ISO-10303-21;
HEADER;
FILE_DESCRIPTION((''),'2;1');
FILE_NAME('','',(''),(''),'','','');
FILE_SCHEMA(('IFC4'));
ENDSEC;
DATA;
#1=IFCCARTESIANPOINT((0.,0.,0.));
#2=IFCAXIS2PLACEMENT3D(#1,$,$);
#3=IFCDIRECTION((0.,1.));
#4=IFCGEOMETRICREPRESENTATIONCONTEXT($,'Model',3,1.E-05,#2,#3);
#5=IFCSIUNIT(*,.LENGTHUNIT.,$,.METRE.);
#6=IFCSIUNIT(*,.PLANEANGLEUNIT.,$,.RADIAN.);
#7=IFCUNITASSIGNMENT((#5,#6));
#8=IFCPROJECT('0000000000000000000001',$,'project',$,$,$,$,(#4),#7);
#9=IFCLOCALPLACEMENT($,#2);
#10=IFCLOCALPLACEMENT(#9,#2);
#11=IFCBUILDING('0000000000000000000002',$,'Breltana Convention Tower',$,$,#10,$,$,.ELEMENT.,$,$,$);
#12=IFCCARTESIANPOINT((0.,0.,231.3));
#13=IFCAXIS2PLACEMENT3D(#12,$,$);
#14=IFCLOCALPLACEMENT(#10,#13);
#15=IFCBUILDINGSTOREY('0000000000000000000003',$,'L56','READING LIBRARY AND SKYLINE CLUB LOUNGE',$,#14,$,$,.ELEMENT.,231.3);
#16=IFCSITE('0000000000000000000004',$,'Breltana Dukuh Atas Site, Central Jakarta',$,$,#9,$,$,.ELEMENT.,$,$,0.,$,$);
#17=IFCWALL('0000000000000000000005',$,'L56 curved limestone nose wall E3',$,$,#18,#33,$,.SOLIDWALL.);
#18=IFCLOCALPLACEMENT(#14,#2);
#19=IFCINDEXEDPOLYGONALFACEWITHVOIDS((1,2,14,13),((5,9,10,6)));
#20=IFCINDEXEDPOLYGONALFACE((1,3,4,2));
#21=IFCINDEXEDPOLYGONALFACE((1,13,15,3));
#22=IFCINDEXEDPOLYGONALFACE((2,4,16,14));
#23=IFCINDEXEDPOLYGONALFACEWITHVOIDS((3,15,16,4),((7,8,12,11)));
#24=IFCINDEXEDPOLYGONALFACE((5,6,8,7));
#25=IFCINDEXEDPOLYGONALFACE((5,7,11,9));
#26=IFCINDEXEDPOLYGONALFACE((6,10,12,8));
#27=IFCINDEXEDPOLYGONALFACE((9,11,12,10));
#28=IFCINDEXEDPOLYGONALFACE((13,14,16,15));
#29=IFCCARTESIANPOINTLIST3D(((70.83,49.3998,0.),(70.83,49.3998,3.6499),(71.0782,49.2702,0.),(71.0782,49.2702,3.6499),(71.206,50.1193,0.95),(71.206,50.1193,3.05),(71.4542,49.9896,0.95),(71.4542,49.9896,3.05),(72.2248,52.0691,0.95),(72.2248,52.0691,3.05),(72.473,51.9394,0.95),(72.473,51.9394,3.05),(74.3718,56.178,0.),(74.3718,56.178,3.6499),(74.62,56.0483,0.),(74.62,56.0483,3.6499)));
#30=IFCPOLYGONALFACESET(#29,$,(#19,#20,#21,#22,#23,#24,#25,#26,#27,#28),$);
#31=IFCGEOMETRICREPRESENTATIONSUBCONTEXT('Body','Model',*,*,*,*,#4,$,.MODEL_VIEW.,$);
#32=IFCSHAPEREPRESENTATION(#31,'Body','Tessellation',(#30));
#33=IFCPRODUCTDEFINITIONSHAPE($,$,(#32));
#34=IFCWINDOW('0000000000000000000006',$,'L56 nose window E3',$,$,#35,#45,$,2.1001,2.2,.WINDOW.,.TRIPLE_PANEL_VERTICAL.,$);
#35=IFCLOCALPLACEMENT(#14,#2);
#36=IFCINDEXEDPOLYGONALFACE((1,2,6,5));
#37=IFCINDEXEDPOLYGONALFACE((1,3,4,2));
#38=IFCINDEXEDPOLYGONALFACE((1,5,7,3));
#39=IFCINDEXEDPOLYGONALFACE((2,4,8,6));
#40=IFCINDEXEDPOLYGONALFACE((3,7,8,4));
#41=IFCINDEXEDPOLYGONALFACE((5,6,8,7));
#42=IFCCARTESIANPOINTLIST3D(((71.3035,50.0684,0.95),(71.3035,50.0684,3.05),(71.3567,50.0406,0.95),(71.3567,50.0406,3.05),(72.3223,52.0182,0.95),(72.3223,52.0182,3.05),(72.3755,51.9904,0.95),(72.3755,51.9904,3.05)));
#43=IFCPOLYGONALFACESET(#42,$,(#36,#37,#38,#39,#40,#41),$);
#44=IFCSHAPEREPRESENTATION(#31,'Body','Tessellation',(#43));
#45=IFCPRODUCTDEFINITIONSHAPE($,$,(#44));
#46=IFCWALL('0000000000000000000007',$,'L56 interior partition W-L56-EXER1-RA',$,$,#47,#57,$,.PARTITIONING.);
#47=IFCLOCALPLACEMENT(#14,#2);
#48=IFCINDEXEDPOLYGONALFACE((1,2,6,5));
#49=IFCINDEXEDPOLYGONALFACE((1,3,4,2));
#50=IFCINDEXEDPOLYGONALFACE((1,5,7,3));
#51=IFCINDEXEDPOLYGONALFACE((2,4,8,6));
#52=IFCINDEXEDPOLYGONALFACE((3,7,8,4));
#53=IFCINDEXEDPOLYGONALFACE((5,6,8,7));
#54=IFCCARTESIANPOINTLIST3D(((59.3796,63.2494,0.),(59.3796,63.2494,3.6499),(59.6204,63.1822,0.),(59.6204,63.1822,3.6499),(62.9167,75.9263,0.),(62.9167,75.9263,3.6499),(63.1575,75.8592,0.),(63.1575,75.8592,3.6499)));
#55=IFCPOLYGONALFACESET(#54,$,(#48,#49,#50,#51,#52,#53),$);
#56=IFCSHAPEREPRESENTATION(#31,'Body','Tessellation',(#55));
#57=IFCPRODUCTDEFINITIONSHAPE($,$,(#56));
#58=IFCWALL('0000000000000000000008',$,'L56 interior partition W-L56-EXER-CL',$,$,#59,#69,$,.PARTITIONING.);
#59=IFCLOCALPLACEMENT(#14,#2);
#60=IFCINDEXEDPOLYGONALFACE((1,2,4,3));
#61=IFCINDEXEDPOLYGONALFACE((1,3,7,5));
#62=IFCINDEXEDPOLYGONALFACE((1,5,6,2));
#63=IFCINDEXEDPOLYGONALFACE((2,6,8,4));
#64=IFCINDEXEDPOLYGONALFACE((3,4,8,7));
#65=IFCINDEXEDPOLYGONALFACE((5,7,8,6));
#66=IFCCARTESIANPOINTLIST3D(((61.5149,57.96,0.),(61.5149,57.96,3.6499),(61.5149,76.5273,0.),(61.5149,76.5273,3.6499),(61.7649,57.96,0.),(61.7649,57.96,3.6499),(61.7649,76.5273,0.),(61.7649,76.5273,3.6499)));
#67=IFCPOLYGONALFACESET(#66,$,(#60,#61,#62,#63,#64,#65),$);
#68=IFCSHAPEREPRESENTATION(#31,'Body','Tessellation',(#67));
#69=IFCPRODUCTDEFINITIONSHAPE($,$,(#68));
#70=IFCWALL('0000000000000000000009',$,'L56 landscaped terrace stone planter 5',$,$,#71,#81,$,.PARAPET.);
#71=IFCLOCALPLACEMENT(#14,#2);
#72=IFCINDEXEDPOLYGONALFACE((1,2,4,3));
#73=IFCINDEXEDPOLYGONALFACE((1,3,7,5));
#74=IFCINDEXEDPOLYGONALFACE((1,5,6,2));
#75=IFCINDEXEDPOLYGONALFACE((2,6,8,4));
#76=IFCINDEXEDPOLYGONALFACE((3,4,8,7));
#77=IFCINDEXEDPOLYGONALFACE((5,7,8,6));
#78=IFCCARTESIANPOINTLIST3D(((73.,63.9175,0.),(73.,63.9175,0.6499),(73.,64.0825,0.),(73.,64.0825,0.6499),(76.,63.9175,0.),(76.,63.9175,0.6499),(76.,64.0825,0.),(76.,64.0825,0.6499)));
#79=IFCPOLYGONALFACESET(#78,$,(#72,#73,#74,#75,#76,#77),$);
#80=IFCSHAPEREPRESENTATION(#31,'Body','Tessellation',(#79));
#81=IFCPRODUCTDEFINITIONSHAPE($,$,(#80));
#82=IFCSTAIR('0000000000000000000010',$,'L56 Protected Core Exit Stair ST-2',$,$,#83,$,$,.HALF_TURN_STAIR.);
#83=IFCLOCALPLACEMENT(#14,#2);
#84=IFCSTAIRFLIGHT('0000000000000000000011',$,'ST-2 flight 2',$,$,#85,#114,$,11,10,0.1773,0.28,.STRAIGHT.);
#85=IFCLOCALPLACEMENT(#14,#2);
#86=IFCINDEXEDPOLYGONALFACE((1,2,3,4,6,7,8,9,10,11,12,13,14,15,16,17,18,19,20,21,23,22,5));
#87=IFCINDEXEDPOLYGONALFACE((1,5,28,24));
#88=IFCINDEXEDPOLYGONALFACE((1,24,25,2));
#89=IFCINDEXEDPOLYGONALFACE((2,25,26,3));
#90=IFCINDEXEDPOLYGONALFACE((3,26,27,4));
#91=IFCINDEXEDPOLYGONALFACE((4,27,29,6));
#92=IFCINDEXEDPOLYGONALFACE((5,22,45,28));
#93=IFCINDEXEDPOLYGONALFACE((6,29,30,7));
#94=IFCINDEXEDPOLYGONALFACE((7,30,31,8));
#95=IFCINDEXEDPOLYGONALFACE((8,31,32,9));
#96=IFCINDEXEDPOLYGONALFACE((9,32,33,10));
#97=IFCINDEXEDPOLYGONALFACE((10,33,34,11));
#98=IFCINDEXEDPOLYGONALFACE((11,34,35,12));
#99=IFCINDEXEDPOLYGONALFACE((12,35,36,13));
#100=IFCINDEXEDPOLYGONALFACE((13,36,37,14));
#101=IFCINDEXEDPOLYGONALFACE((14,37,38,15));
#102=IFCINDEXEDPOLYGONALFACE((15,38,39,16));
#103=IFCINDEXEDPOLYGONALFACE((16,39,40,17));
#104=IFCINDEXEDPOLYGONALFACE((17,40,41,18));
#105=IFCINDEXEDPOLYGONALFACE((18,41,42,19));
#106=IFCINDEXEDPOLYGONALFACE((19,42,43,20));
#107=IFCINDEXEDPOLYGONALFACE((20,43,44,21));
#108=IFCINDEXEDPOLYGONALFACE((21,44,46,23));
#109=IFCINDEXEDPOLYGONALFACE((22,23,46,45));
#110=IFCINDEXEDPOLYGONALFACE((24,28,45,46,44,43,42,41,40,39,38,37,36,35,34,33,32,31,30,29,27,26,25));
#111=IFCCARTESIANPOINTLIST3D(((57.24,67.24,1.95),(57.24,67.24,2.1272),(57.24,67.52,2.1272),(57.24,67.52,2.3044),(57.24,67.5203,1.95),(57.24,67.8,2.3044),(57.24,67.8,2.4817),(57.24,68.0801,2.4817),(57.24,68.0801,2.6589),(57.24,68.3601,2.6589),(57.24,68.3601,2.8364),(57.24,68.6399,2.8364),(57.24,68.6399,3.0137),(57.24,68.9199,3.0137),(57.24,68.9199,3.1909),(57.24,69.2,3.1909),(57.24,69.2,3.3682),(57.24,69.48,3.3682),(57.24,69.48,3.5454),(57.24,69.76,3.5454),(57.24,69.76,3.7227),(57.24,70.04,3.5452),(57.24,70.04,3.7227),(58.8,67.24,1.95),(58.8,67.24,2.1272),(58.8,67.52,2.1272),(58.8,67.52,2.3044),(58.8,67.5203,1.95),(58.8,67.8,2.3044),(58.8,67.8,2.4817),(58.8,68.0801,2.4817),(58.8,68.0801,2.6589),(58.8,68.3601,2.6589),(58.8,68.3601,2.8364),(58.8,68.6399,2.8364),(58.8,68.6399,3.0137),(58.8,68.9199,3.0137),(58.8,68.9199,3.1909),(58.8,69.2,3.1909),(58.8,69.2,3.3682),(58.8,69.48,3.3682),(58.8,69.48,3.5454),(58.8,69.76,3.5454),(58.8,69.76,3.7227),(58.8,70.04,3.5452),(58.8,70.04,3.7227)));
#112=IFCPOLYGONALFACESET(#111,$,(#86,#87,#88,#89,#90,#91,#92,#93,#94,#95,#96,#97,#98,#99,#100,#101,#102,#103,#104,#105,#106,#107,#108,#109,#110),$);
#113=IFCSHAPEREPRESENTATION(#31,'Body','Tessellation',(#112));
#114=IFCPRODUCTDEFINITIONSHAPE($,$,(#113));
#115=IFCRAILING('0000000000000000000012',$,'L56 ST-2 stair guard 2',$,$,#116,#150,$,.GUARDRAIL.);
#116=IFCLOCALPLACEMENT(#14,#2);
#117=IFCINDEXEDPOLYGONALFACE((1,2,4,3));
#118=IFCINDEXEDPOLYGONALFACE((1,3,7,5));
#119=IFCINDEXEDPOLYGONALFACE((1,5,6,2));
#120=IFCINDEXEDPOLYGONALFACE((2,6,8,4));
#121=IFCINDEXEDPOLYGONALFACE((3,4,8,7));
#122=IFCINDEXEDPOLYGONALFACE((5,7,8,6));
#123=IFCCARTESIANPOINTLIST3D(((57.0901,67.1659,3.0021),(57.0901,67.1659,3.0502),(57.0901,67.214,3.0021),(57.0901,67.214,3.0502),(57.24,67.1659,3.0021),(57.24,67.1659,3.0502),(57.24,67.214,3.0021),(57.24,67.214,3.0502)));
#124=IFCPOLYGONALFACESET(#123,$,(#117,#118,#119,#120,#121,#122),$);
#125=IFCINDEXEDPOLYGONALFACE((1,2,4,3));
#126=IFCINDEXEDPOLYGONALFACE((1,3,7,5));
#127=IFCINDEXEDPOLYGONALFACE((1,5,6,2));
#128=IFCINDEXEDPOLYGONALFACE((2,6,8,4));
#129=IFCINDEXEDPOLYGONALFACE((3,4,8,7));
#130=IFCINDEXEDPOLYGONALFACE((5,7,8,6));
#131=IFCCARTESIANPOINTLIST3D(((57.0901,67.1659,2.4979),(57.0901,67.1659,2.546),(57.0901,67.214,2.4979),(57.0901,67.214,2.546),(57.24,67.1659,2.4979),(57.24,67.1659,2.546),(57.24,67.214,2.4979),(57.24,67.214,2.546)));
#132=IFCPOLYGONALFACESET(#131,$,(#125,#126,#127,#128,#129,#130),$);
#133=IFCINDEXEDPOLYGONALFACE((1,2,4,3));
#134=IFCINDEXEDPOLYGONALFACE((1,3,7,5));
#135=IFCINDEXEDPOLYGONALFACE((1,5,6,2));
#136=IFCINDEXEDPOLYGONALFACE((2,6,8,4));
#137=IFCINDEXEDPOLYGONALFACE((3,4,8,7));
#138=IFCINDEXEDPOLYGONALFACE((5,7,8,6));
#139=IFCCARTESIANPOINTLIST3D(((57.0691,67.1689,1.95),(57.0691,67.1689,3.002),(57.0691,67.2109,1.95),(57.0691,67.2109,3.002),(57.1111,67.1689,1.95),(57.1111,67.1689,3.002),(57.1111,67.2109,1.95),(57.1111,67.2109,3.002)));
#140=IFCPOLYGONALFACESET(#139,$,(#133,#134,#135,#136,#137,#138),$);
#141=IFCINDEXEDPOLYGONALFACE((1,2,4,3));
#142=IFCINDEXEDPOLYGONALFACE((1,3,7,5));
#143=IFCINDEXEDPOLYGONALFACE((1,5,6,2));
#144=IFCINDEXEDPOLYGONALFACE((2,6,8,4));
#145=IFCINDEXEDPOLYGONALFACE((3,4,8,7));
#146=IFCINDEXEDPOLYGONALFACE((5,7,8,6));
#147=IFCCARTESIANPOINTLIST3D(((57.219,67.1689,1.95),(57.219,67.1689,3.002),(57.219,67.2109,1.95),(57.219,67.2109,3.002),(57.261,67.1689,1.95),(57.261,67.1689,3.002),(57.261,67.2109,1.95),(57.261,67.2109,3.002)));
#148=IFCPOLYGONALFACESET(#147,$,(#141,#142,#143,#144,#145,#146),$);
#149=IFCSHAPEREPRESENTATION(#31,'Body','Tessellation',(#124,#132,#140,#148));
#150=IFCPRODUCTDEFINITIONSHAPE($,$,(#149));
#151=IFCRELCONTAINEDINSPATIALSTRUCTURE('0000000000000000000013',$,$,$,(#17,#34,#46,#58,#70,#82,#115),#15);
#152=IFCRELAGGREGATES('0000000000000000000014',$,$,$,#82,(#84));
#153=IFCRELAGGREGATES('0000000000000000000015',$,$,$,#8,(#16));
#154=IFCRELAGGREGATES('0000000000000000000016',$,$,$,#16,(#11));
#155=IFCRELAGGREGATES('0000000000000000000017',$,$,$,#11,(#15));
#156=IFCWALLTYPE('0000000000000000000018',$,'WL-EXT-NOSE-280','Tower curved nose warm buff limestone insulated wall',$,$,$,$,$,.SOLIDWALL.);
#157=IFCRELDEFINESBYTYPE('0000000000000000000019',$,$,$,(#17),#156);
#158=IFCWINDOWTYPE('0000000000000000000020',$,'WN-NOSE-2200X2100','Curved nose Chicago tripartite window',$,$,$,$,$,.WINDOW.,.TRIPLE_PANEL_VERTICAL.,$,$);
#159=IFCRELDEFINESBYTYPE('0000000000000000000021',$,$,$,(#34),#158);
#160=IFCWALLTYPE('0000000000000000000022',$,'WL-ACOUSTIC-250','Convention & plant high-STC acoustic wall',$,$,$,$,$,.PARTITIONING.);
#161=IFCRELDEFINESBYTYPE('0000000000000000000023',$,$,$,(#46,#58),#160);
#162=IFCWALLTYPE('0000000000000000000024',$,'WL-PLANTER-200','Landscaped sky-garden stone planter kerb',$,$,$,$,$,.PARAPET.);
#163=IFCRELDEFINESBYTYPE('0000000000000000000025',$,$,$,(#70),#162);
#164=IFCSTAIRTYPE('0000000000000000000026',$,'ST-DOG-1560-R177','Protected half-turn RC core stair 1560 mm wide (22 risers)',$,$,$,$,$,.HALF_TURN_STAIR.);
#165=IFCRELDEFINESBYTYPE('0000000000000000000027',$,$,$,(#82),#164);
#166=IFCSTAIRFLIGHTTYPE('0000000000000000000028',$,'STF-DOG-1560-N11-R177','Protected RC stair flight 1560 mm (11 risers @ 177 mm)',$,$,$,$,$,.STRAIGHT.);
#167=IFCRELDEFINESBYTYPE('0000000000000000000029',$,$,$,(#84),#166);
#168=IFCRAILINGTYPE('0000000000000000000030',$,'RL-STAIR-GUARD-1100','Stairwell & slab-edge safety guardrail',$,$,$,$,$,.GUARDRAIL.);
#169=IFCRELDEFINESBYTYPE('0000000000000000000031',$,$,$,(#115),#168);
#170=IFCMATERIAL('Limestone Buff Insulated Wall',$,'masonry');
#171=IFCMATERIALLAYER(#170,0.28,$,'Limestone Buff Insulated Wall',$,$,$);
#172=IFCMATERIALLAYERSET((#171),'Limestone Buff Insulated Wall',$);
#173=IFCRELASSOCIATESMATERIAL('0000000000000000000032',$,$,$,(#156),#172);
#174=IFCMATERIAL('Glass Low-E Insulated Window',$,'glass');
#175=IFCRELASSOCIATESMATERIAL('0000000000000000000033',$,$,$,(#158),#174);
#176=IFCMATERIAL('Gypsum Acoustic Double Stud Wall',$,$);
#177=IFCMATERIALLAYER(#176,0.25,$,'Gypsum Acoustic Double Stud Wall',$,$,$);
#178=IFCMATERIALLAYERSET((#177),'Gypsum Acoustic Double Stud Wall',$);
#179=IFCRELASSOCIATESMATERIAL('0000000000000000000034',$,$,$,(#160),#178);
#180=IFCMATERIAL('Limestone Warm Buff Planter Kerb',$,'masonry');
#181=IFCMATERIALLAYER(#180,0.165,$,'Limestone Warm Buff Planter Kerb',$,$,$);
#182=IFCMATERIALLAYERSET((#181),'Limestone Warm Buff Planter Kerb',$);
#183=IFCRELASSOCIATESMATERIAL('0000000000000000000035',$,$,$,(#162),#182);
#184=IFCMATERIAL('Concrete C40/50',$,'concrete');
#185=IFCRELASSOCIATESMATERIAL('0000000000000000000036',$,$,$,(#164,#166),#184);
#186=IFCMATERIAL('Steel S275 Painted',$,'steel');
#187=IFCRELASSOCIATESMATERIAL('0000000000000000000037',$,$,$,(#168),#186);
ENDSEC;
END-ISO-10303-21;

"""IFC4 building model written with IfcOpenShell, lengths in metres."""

from ifc_helpers import new_model, si_unit, direction, frame, frame_2d, origin, origin_2d, place, context, subcontext, project, spatial, polyline, rectangle, outline, extrude, source, transform, mapped, material, layer, layer_set, type_object, type_shapes, element, fill, aggregate, save


model = new_model("IFC4")

# Units and contexts
model_context = context("Model", 3, precision=1e-05, world=origin(), true_north=direction((0.0, 1.0)))
body_context = subcontext(model_context, "Body", "Model", "MODEL_VIEW")
ifc_project = project(units=[si_unit("LENGTHUNIT", "METRE"), si_unit("PLANEANGLEUNIT", "RADIAN")], contexts=[model_context])

# Site, building, storey
site_placement = place(None, origin())
site = spatial("IfcSite", under=ifc_project, at=site_placement, Name="Breltana Dukuh Atas Site, Central Jakarta", CompositionType="ELEMENT", RefElevation=0.0)
building_placement = place(site_placement, origin())
building = spatial("IfcBuilding", under=site, at=building_placement, Name="Breltana Convention Tower", CompositionType="ELEMENT")
storey_placement = place(building_placement, frame((0.0, 0.0, 231.3)))
storey = spatial("IfcBuildingStorey", under=building, at=storey_placement, Name="L56", Description="READING LIBRARY AND SKYLINE CLUB LOUNGE", CompositionType="ELEMENT", Elevation=231.3)

# Wall, opening, window
ifc_material_1 = material(Name="Limestone Buff Insulated Wall", Category="masonry")
ifc_layer_1 = layer(ifc_material_1, 0.28, Name="Limestone Buff Insulated Wall")
ifc_layer_set_1 = layer_set([ifc_layer_1], Name="Limestone Buff Insulated Wall")
wall_type_1 = type_object("IfcWallType", Name="WL-EXT-NOSE-280", Description="Tower curved nose warm buff limestone insulated wall", PredefinedType="SOLIDWALL", material=ifc_layer_set_1)
ifc_material_2 = material(Name="Glass Low-E Insulated Window", Category="glass")
window_type = type_object("IfcWindowType", Name="WN-NOSE-2200X2100", Description="Curved nose Chicago tripartite window", PartitioningType="TRIPLE_PANEL_VERTICAL", PredefinedType="WINDOW", material=ifc_material_2)
shared_shape_1 = source(origin(), body_context, "Body", "SweptSolid", [
    extrude(rectangle(XDim=2.2, YDim=2.1001, at=frame_2d((1.1001, 1.05))), frame((0.0, 0.03, 0.0), z_axis=(0.0, -1.0, 0.0), x_axis=(1.0, 0.0, 0.0)), (0.0, 0.0, 1.0), 0.0601),
])
type_shapes(window_type, [shared_shape_1])
shared_shape_2 = source(origin(), body_context, "Body", "SweptSolid", [
    extrude(rectangle(XDim=7.6477, YDim=0.28, at=frame_2d((3.8237, 0.0))), origin(), (0.0, 0.0, 1.0), 3.6499),
])
wall_1_placement = place(storey_placement, frame((74.4958, 56.113, 0.0), z_axis=(0.0, 0.0, 1.0), x_axis=(-0.463117, -0.886297, 0.0)))
wall_1 = element("IfcWall", 1, at=wall_1_placement, inside=storey, type_object=wall_type_1, Name="L56 curved limestone nose wall E3", PredefinedType="SOLIDWALL", context=body_context, shape_type="MappedRepresentation", body=[
    mapped(shared_shape_2, transform((0.0, 0.0, 0.0), scale=1.0)),
])
opening_1_placement = place(wall_1_placement, frame((4.6357, 0.0, 0.95)))
opening_1 = element("IfcOpeningElement", 2, at=opening_1_placement, cuts=wall_1, PredefinedType="OPENING", context=body_context, shape_type="SweptSolid", body=[
    extrude(rectangle(XDim=2.2, YDim=2.1001, at=frame_2d((1.1001, 1.05))), frame((0.0, 0.1499, 0.0), z_axis=(0.0, -1.0, 0.0), x_axis=(1.0, 0.0, 0.0)), (0.0, 0.0, 1.0), 0.3),
])
window_1_placement = place(opening_1_placement, origin())
window_1 = element("IfcWindow", 3, at=window_1_placement, inside=storey, type_object=window_type, Name="L56 nose window E3", OverallHeight=2.1001, OverallWidth=2.2, PartitioningType="TRIPLE_PANEL_VERTICAL", PredefinedType="WINDOW", context=body_context, shape_type="MappedRepresentation", body=[
    mapped(shared_shape_1, transform((0.0, 0.0, 0.0), scale=1.0)),
])
fill(opening_1, window_1)

# Shared definitions
ifc_material_3 = material(Name="Gypsum Acoustic Double Stud Wall")
ifc_layer_2 = layer(ifc_material_3, 0.25, Name="Gypsum Acoustic Double Stud Wall")
ifc_layer_set_2 = layer_set([ifc_layer_2], Name="Gypsum Acoustic Double Stud Wall")
wall_type_2 = type_object("IfcWallType", Name="WL-ACOUSTIC-250", Description="Convention & plant high-STC acoustic wall", PredefinedType="PARTITIONING", material=ifc_layer_set_2)

# Walls
shared_shape_3 = source(origin(), body_context, "Body", "SweptSolid", [
    extrude(rectangle(XDim=13.1611, YDim=0.25, at=frame_2d((6.5806, 0.0))), origin(), (0.0, 0.0, 1.0), 3.6499),
])
wall_2_placement = place(storey_placement, frame((59.5, 63.2158, 0.0), z_axis=(0.0, 0.0, 1.0), x_axis=(0.268753, 0.963209, 0.0)))
element("IfcWall", 4, at=wall_2_placement, inside=storey, type_object=wall_type_2, Name="L56 interior partition W-L56-EXER1-RA", PredefinedType="PARTITIONING", context=body_context, shape_type="MappedRepresentation", body=[
    mapped(shared_shape_3, transform((0.0, 0.0, 0.0), scale=1.0)),
])
shared_shape_4 = source(origin(), body_context, "Body", "SweptSolid", [
    extrude(rectangle(XDim=18.5674, YDim=0.25, at=frame_2d((9.2837, 0.0))), origin(), (0.0, 0.0, 1.0), 3.6499),
])
wall_3_placement = place(storey_placement, frame((61.6399, 57.96, 0.0), z_axis=(0.0, 0.0, 1.0), x_axis=(0.0, 1.0, 0.0)))
element("IfcWall", 5, at=wall_3_placement, inside=storey, type_object=wall_type_2, Name="L56 interior partition W-L56-EXER-CL", PredefinedType="PARTITIONING", context=body_context, shape_type="MappedRepresentation", body=[
    mapped(shared_shape_4, transform((0.0, 0.0, 0.0), scale=1.0)),
])
ifc_material_4 = material(Name="Limestone Warm Buff Planter Kerb", Category="masonry")
ifc_layer_3 = layer(ifc_material_4, 0.165, Name="Limestone Warm Buff Planter Kerb")
ifc_layer_set_3 = layer_set([ifc_layer_3], Name="Limestone Warm Buff Planter Kerb")
wall_type_3 = type_object("IfcWallType", Name="WL-PLANTER-200", Description="Landscaped sky-garden stone planter kerb", PredefinedType="PARAPET", material=ifc_layer_set_3)
shared_shape_5 = source(origin(), body_context, "Body", "SweptSolid", [
    extrude(rectangle(XDim=3.0, YDim=0.165, at=frame_2d((1.5, 0.0))), origin(), (0.0, 0.0, 1.0), 0.6499),
])
wall_4_placement = place(storey_placement, frame((73.0, 64.0, 0.0), z_axis=(0.0, 0.0, 1.0), x_axis=(1.0, 0.0, 0.0)))
element("IfcWall", 6, at=wall_4_placement, inside=storey, type_object=wall_type_3, Name="L56 landscaped terrace stone planter 5", PredefinedType="PARAPET", context=body_context, shape_type="MappedRepresentation", body=[
    mapped(shared_shape_5, transform((0.0, 0.0, 0.0), scale=1.0)),
])

# Stair, stair flight
ifc_material_5 = material(Name="Concrete C40/50", Category="concrete")
stair_type = type_object("IfcStairType", Name="ST-DOG-1560-R177", Description="Protected half-turn RC core stair 1560 mm wide (22 risers)", PredefinedType="HALF_TURN_STAIR", material=ifc_material_5)
stair_placement = place(storey_placement, origin())
stair = element("IfcStair", 7, at=stair_placement, inside=storey, type_object=stair_type, Name="L56 Protected Core Exit Stair ST-2", PredefinedType="HALF_TURN_STAIR")
stair_flight_type = type_object("IfcStairFlightType", Name="STF-DOG-1560-N11-R177", Description="Protected RC stair flight 1560 mm (11 risers @ 177 mm)", PredefinedType="STRAIGHT", material=ifc_material_5)
stair_flight_placement = place(storey_placement, frame((58.02, 67.24, 1.95), z_axis=(0.0, 0.0, 1.0), x_axis=(0.0, 1.0, 0.0)))
stair_flight = element("IfcStairFlight", 8, at=stair_flight_placement, type_object=stair_flight_type, Name="ST-2 flight 2", NumberOfRisers=11, NumberOfTreads=10, PredefinedType="STRAIGHT", RiserHeight=0.1773, TreadLength=0.28, context=body_context, shape_type="SweptSolid", body=[
    extrude(outline(polyline([(0.0, 0.0), (0.0, 0.1772), (0.28, 0.1772), (0.28, 0.3545), (0.5601, 0.3545), (0.5601, 0.5317), (0.8401, 0.5317), (0.8401, 0.709), (1.1201, 0.709), (1.1201, 0.8865), (1.3999, 0.8865), (1.3999, 1.0637), (1.6799, 1.0637), (1.6799, 1.241), (1.96, 1.241), (1.96, 1.4182), (2.24, 1.4182), (2.24, 1.5955), (2.52, 1.5955), (2.52, 1.7727), (2.8, 1.7727), (2.8, 1.95), (2.8, 1.5952), (0.2803, 0.0), (0.0, 0.0)])), frame((0.0, 0.78, 0.0), z_axis=(0.0, -1.0, 0.0), x_axis=(1.0, 0.0, 0.0)), (0.0, 0.0, 1.0), 1.5601),
])
aggregate(stair, [stair_flight])

# Railing
ifc_material_6 = material(Name="Steel S275 Painted", Category="steel")
railing_type_1 = type_object("IfcRailingType", Name="RL-STAIR-GUARD-1100", Description="Stairwell & slab-edge safety guardrail", PredefinedType="GUARDRAIL", material=ifc_material_6)
railing_1_placement = place(storey_placement, frame((57.0901, 67.1899, 1.95)))
element("IfcRailing", 9, at=railing_1_placement, inside=storey, type_object=railing_type_1, Name="L56 ST-2 stair guard 2", PredefinedType="GUARDRAIL", context=body_context, shape_type="SweptSolid", body=[
    extrude(rectangle(XDim=0.0481, YDim=0.0481, at=origin_2d()), frame((0.0, 0.0, 1.0762), z_axis=(1.0, 0.0, 0.0), x_axis=(0.0, 1.0, 0.0)), (0.0, 0.0, 1.0), 0.1499),
    extrude(rectangle(XDim=0.0481, YDim=0.0481, at=origin_2d()), frame((0.0, 0.0, 0.572), z_axis=(1.0, 0.0, 0.0), x_axis=(0.0, 1.0, 0.0)), (0.0, 0.0, 1.0), 0.1499),
    extrude(rectangle(XDim=0.042, YDim=0.042, at=origin_2d()), origin(), (0.0, 0.0, 1.0), 1.052),
    extrude(rectangle(XDim=0.042, YDim=0.042, at=origin_2d()), frame((0.1499, 0.0, 0.0)), (0.0, 0.0, 1.0), 1.052),
])

save(model, "model.ifc")
